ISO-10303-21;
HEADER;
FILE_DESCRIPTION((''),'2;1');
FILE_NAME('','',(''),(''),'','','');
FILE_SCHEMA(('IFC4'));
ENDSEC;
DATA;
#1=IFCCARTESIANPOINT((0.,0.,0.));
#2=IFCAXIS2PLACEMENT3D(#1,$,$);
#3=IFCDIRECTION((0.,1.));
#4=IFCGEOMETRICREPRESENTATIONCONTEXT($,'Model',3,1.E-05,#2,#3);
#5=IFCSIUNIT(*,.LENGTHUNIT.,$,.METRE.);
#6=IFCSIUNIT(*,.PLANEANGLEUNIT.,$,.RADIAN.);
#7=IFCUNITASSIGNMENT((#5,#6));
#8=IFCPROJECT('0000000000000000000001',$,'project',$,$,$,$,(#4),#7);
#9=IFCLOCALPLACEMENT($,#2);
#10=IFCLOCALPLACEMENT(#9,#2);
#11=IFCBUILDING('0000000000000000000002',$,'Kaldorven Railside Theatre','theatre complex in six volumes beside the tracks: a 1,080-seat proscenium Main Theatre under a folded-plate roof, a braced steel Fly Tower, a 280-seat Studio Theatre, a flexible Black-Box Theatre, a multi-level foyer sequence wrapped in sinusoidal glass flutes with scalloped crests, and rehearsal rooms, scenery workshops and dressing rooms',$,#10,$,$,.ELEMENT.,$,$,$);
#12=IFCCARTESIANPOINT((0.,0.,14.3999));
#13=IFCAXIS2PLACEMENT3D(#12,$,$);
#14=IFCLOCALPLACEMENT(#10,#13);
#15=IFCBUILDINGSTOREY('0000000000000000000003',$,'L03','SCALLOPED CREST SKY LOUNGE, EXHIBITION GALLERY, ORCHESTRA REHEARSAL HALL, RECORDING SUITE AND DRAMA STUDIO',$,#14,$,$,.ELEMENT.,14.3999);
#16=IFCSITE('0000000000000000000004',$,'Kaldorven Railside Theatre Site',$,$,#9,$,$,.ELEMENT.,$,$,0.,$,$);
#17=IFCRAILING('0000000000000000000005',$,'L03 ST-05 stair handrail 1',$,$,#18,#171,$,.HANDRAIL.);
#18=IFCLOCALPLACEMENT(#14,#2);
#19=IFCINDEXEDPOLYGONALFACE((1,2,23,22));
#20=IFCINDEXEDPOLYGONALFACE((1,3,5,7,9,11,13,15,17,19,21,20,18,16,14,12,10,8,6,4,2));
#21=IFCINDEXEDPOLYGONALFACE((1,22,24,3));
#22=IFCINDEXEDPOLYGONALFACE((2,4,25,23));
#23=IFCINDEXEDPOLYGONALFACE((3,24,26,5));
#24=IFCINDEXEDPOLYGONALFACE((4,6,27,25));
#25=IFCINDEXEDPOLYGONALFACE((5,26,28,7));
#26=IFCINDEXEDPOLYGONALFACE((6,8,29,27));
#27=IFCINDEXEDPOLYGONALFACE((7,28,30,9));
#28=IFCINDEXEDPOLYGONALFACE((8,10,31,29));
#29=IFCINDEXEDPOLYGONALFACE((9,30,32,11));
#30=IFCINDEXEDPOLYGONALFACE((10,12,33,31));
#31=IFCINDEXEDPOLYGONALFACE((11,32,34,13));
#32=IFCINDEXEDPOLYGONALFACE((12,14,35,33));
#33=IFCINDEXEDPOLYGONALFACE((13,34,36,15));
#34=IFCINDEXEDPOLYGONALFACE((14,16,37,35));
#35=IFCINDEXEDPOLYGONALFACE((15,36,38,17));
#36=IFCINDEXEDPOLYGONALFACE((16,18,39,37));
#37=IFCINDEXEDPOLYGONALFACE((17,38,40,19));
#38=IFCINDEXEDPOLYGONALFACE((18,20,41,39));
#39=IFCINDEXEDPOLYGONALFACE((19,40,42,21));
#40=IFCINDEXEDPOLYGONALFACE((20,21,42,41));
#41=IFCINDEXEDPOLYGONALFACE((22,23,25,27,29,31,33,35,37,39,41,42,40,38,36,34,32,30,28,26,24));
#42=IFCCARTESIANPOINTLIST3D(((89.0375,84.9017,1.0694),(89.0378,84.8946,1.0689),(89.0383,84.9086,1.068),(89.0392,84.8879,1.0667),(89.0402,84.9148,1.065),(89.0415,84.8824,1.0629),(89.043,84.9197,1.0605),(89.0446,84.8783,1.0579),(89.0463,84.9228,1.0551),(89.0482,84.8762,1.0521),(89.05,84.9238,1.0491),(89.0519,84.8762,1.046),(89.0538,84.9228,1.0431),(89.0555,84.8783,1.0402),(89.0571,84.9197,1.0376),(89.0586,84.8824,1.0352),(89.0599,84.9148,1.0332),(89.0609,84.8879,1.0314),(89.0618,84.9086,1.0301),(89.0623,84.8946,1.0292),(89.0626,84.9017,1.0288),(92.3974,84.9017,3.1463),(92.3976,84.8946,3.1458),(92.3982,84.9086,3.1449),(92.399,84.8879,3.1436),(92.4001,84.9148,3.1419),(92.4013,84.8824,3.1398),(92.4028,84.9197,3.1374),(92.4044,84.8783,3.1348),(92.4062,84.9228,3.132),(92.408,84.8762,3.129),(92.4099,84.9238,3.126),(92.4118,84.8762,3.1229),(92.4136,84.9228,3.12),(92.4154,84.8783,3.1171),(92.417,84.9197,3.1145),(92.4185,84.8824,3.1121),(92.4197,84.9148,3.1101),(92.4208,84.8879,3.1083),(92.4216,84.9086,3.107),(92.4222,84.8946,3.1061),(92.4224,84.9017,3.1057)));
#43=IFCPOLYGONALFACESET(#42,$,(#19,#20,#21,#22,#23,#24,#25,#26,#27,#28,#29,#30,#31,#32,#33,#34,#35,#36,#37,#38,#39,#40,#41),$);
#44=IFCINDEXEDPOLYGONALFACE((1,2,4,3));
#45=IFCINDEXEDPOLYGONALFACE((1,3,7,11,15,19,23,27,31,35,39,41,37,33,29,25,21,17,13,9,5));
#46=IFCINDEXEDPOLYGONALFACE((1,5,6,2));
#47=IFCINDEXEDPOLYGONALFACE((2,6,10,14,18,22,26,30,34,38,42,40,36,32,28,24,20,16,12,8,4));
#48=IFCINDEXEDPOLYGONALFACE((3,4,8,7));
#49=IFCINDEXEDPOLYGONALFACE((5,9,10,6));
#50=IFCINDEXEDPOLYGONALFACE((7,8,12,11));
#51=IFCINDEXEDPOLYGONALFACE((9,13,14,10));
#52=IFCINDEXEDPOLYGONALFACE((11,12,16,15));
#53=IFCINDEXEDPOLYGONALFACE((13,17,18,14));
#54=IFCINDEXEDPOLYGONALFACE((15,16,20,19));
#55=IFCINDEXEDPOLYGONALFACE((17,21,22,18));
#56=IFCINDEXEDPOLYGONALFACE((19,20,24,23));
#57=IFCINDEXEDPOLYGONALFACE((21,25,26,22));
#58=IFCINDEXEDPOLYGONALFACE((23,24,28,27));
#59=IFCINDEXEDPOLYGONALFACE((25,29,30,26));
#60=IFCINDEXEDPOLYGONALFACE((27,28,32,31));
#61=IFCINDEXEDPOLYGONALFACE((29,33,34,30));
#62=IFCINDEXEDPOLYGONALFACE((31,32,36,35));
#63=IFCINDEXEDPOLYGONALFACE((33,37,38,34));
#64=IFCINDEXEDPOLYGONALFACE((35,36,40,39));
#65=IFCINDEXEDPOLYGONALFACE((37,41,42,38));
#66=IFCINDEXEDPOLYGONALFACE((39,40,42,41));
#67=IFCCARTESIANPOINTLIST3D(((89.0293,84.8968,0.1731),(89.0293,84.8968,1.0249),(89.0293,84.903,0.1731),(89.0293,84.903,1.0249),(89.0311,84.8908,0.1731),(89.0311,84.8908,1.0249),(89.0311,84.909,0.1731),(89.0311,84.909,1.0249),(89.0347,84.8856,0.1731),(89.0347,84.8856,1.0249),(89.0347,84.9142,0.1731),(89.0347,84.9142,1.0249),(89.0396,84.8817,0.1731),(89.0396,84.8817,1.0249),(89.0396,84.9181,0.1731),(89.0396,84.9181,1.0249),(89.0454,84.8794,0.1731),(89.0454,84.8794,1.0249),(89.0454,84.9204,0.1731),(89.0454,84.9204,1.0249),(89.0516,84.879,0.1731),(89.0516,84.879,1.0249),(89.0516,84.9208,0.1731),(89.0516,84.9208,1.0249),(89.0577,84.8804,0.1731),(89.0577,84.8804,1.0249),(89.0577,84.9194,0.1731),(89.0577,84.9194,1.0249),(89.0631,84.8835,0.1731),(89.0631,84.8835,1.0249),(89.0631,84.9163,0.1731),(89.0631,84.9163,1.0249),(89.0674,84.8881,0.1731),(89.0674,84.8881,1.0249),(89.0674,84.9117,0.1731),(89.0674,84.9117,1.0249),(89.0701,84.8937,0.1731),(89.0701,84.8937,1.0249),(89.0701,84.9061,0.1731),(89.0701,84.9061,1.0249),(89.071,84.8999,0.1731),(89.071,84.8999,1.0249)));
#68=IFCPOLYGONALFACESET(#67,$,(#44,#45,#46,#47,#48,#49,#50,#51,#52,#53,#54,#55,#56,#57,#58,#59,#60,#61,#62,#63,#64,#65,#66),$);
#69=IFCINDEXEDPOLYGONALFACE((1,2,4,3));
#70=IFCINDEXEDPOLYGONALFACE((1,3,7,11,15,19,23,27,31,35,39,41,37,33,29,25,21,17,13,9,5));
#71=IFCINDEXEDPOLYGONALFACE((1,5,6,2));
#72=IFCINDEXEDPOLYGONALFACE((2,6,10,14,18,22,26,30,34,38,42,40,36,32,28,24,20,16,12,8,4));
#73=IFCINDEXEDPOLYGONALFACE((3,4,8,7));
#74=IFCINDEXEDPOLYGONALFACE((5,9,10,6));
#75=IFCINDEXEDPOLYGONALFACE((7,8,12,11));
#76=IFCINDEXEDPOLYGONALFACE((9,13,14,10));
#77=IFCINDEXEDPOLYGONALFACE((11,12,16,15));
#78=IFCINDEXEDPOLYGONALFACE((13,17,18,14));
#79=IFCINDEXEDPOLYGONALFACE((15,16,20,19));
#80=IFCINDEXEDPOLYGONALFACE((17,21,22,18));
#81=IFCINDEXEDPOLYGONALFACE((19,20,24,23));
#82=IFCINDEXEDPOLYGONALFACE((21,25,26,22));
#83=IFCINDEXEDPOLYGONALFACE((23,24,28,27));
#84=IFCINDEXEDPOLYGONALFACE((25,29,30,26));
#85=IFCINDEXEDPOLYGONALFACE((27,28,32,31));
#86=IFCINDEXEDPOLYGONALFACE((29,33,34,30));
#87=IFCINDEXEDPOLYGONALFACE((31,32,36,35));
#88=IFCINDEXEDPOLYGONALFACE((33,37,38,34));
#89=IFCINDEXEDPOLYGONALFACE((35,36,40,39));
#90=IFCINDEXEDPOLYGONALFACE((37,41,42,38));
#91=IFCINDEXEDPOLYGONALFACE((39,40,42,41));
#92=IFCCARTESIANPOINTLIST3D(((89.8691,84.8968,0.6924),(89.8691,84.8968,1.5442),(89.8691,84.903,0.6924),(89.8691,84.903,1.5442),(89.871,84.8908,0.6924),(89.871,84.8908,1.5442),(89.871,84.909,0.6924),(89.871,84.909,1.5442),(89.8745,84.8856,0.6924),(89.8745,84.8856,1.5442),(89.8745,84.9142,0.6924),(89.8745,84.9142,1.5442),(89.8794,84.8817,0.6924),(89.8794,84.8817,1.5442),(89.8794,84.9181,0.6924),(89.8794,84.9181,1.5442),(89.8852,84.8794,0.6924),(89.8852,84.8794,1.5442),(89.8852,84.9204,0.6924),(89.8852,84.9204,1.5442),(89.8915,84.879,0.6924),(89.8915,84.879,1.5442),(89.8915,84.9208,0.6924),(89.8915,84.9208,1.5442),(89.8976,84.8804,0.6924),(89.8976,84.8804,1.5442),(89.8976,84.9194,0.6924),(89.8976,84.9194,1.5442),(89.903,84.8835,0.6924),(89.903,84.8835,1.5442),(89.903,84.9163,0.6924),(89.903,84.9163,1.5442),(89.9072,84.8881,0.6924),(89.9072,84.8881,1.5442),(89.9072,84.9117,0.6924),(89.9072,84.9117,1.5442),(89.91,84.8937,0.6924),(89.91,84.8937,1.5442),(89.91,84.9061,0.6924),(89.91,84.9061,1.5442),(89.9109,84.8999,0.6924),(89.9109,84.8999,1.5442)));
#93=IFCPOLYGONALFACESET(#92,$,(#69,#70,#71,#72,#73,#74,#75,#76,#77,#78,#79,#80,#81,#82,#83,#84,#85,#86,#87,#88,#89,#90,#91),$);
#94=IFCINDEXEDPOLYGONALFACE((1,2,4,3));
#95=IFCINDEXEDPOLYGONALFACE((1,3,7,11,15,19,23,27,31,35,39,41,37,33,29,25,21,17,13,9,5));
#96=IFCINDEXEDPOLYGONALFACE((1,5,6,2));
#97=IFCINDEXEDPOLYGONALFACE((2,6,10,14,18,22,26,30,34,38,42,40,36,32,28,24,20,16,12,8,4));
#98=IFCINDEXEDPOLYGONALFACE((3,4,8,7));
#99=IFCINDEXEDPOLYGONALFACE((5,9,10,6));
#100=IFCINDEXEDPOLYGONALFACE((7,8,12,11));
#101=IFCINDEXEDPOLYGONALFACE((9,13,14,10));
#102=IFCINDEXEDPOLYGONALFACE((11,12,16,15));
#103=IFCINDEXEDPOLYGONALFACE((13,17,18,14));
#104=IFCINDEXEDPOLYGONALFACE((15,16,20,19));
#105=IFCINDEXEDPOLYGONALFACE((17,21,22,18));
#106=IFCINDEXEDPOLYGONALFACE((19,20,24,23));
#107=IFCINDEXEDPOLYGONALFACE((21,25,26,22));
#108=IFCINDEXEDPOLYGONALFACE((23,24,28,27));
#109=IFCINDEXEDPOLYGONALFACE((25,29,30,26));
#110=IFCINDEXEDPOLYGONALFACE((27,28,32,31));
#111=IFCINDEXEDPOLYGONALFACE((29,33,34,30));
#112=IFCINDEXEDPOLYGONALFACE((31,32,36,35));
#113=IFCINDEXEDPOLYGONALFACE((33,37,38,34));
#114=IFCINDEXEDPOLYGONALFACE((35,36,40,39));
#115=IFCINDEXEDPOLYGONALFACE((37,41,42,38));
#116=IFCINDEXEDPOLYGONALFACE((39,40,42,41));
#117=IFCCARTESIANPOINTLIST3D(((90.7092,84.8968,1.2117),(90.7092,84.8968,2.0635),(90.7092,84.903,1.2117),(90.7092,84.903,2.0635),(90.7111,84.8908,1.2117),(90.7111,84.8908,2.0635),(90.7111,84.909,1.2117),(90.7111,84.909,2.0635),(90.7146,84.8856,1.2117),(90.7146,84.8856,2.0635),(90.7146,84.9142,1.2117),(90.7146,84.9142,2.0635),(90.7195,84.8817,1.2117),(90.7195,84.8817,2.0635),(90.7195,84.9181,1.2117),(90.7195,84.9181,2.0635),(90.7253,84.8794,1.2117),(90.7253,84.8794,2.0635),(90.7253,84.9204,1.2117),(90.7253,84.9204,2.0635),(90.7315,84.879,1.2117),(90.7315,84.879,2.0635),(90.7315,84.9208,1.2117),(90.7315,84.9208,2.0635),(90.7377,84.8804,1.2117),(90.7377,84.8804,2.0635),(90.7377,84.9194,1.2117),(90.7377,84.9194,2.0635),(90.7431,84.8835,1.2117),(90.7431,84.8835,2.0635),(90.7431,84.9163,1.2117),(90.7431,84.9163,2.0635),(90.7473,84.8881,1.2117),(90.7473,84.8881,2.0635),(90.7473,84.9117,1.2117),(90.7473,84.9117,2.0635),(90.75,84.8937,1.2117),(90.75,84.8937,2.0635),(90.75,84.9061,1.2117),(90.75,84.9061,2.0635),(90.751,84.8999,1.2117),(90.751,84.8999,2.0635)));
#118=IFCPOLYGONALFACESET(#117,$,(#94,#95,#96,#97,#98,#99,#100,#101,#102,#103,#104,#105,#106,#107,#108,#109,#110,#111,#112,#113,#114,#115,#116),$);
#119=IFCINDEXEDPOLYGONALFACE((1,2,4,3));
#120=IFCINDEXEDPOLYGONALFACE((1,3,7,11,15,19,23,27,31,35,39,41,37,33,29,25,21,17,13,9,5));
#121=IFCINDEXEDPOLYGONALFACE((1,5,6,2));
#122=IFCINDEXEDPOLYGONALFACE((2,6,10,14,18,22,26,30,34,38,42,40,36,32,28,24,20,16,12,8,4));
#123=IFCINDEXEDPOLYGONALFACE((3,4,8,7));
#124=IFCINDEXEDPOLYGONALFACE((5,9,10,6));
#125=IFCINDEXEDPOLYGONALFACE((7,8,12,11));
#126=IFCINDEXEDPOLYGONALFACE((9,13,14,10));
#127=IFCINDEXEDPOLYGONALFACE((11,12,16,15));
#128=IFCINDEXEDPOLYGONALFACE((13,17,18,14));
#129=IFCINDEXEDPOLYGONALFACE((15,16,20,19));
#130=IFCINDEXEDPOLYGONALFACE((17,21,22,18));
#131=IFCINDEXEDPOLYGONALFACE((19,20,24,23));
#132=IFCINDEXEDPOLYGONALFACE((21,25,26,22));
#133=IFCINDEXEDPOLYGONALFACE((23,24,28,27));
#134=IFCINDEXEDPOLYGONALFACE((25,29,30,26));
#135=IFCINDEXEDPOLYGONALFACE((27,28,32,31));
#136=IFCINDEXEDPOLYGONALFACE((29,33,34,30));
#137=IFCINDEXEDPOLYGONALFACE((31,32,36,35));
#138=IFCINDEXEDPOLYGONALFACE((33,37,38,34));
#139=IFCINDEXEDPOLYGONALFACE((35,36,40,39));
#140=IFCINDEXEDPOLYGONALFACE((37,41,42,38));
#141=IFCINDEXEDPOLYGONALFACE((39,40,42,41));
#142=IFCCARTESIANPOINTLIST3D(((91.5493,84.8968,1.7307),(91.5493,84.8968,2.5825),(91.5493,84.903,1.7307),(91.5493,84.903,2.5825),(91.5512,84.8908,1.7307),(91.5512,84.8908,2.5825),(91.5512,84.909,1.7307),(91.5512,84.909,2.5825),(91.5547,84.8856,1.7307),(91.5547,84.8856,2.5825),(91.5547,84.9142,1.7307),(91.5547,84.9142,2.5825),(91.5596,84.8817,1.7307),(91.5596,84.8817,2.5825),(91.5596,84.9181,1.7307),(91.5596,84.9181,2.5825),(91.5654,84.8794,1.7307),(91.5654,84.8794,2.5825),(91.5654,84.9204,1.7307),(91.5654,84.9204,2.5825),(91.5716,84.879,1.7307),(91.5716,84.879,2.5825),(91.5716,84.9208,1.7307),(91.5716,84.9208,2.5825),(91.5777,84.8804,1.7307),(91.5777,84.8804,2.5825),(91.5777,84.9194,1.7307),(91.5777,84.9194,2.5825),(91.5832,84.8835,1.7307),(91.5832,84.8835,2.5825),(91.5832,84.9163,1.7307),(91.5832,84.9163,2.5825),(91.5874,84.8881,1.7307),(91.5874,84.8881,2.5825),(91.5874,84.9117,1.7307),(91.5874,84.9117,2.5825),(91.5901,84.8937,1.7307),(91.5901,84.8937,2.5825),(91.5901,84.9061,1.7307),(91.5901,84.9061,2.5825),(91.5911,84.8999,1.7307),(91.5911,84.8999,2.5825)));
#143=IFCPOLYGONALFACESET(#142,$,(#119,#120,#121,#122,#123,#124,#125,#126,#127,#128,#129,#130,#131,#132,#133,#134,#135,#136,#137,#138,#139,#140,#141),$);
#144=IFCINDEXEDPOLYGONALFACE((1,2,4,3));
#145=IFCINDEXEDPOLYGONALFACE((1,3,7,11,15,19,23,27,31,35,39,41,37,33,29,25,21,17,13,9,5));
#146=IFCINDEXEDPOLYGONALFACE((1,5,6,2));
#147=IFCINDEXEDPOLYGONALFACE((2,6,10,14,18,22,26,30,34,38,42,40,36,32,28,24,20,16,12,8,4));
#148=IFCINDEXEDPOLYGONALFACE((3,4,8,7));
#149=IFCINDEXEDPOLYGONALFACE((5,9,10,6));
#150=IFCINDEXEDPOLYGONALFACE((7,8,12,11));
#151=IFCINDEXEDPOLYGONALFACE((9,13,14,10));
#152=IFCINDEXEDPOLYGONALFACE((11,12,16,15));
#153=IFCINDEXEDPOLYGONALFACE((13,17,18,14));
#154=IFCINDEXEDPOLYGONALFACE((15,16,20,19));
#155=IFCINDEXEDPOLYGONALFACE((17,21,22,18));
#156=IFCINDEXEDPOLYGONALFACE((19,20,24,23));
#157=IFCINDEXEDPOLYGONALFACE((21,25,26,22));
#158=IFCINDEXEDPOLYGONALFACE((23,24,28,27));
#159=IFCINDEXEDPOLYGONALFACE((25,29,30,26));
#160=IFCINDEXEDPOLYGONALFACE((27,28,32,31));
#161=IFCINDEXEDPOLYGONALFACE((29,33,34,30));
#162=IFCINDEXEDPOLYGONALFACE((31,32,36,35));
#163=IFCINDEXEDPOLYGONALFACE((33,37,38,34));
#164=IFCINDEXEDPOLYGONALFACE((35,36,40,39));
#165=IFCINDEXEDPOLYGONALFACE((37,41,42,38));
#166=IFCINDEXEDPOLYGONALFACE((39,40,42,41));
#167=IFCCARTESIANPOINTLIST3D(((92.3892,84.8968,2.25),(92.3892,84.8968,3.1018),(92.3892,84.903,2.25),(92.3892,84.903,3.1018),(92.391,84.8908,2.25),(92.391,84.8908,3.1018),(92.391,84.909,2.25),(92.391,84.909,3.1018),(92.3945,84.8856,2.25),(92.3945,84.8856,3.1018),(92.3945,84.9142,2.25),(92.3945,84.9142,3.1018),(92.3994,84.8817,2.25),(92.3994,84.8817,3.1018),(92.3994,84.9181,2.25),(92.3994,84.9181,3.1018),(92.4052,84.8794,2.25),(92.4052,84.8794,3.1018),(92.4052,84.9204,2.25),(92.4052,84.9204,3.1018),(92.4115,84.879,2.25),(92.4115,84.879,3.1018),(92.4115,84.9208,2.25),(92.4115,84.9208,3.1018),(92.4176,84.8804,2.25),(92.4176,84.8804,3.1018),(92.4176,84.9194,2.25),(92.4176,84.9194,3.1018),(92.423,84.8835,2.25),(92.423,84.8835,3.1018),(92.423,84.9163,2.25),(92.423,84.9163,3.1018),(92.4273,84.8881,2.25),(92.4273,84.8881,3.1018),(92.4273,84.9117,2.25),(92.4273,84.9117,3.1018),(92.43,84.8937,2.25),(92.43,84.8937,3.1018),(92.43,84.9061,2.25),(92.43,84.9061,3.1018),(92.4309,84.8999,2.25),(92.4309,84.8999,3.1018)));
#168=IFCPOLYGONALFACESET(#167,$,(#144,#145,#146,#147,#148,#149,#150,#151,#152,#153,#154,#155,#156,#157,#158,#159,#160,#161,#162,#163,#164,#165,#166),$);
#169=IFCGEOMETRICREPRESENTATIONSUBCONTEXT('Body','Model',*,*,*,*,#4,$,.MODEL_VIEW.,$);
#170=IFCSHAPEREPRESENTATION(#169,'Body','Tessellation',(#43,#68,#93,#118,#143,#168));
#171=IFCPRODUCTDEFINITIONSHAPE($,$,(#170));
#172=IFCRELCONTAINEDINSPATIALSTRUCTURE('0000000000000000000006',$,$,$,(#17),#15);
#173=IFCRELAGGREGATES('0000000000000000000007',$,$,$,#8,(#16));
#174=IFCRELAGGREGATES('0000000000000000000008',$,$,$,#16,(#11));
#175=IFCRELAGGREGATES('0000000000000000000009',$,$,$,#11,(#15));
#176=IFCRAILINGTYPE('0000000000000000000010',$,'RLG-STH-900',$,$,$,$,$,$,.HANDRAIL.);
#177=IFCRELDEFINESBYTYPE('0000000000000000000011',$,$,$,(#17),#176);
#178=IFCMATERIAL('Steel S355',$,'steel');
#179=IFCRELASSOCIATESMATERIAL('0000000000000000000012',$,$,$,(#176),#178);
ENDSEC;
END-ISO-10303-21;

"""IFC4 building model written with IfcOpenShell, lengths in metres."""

from ifc_helpers import new_model, si_unit, direction, frame, origin, origin_2d, place, context, subcontext, project, spatial, circle, extrude, material, type_object, element, save


model = new_model("IFC4")

# Units and contexts
model_context = context("Model", 3, precision=1e-05, world=origin(), true_north=direction((0.0, 1.0)))
body_context = subcontext(model_context, "Body", "Model", "MODEL_VIEW")
ifc_project = project(units=[si_unit("LENGTHUNIT", "METRE"), si_unit("PLANEANGLEUNIT", "RADIAN")], contexts=[model_context])

# Site, building, storey
site_placement = place(None, origin())
site = spatial("IfcSite", under=ifc_project, at=site_placement, Name="Kaldorven Railside Theatre Site", CompositionType="ELEMENT", RefElevation=0.0)
building_placement = place(site_placement, origin())
building = spatial("IfcBuilding", under=site, at=building_placement, Name="Kaldorven Railside Theatre", Description="theatre complex in six volumes beside the tracks: a 1,080-seat proscenium Main Theatre under a folded-plate roof, a braced steel Fly Tower, a 280-seat Studio Theatre, a flexible Black-Box Theatre, a multi-level foyer sequence wrapped in sinusoidal glass flutes with scalloped crests, and rehearsal rooms, scenery workshops and dressing rooms", CompositionType="ELEMENT")
storey_placement = place(building_placement, frame((0.0, 0.0, 14.3999)))
storey = spatial("IfcBuildingStorey", under=building, at=storey_placement, Name="L03", Description="SCALLOPED CREST SKY LOUNGE, EXHIBITION GALLERY, ORCHESTRA REHEARSAL HALL, RECORDING SUITE AND DRAMA STUDIO", CompositionType="ELEMENT", Elevation=14.3999)

# Shared definitions
ifc_material_1 = material(Name="Steel S355", Category="steel")

# Railing
railing_type_1 = type_object("IfcRailingType", Name="RLG-STH-900", PredefinedType="HANDRAIL", material=ifc_material_1)
railing_1_placement = place(storey_placement, frame((89.05, 84.8999, 0.1731)))
element("IfcRailing", 1, at=railing_1_placement, inside=storey, type_object=railing_type_1, Name="L03 ST-05 stair handrail 1", PredefinedType="HANDRAIL", context=body_context, shape_type="SweptSolid", body=[
    extrude(circle(Radius=0.0239, at=origin_2d()), frame((0.0, 0.0, 0.876), z_axis=(0.850606, 0.0, 0.525803), x_axis=(0.0, 1.0, 0.0)), (0.0, 0.0, 1.0), 3.95),
    extrude(circle(Radius=0.021, at=origin_2d()), origin(), (0.0, 0.0, 1.0), 0.8518),
    extrude(circle(Radius=0.021, at=origin_2d()), frame((0.8398, 0.0, 0.5193)), (0.0, 0.0, 1.0), 0.8518),
    extrude(circle(Radius=0.021, at=origin_2d()), frame((1.6799, 0.0, 1.0386)), (0.0, 0.0, 1.0), 0.8518),
    extrude(circle(Radius=0.021, at=origin_2d()), frame((2.52, 0.0, 1.5576)), (0.0, 0.0, 1.0), 0.8518),
    extrude(circle(Radius=0.021, at=origin_2d()), frame((3.3599, 0.0, 2.0769)), (0.0, 0.0, 1.0), 0.8518),
])

save(model, "model.ifc")
